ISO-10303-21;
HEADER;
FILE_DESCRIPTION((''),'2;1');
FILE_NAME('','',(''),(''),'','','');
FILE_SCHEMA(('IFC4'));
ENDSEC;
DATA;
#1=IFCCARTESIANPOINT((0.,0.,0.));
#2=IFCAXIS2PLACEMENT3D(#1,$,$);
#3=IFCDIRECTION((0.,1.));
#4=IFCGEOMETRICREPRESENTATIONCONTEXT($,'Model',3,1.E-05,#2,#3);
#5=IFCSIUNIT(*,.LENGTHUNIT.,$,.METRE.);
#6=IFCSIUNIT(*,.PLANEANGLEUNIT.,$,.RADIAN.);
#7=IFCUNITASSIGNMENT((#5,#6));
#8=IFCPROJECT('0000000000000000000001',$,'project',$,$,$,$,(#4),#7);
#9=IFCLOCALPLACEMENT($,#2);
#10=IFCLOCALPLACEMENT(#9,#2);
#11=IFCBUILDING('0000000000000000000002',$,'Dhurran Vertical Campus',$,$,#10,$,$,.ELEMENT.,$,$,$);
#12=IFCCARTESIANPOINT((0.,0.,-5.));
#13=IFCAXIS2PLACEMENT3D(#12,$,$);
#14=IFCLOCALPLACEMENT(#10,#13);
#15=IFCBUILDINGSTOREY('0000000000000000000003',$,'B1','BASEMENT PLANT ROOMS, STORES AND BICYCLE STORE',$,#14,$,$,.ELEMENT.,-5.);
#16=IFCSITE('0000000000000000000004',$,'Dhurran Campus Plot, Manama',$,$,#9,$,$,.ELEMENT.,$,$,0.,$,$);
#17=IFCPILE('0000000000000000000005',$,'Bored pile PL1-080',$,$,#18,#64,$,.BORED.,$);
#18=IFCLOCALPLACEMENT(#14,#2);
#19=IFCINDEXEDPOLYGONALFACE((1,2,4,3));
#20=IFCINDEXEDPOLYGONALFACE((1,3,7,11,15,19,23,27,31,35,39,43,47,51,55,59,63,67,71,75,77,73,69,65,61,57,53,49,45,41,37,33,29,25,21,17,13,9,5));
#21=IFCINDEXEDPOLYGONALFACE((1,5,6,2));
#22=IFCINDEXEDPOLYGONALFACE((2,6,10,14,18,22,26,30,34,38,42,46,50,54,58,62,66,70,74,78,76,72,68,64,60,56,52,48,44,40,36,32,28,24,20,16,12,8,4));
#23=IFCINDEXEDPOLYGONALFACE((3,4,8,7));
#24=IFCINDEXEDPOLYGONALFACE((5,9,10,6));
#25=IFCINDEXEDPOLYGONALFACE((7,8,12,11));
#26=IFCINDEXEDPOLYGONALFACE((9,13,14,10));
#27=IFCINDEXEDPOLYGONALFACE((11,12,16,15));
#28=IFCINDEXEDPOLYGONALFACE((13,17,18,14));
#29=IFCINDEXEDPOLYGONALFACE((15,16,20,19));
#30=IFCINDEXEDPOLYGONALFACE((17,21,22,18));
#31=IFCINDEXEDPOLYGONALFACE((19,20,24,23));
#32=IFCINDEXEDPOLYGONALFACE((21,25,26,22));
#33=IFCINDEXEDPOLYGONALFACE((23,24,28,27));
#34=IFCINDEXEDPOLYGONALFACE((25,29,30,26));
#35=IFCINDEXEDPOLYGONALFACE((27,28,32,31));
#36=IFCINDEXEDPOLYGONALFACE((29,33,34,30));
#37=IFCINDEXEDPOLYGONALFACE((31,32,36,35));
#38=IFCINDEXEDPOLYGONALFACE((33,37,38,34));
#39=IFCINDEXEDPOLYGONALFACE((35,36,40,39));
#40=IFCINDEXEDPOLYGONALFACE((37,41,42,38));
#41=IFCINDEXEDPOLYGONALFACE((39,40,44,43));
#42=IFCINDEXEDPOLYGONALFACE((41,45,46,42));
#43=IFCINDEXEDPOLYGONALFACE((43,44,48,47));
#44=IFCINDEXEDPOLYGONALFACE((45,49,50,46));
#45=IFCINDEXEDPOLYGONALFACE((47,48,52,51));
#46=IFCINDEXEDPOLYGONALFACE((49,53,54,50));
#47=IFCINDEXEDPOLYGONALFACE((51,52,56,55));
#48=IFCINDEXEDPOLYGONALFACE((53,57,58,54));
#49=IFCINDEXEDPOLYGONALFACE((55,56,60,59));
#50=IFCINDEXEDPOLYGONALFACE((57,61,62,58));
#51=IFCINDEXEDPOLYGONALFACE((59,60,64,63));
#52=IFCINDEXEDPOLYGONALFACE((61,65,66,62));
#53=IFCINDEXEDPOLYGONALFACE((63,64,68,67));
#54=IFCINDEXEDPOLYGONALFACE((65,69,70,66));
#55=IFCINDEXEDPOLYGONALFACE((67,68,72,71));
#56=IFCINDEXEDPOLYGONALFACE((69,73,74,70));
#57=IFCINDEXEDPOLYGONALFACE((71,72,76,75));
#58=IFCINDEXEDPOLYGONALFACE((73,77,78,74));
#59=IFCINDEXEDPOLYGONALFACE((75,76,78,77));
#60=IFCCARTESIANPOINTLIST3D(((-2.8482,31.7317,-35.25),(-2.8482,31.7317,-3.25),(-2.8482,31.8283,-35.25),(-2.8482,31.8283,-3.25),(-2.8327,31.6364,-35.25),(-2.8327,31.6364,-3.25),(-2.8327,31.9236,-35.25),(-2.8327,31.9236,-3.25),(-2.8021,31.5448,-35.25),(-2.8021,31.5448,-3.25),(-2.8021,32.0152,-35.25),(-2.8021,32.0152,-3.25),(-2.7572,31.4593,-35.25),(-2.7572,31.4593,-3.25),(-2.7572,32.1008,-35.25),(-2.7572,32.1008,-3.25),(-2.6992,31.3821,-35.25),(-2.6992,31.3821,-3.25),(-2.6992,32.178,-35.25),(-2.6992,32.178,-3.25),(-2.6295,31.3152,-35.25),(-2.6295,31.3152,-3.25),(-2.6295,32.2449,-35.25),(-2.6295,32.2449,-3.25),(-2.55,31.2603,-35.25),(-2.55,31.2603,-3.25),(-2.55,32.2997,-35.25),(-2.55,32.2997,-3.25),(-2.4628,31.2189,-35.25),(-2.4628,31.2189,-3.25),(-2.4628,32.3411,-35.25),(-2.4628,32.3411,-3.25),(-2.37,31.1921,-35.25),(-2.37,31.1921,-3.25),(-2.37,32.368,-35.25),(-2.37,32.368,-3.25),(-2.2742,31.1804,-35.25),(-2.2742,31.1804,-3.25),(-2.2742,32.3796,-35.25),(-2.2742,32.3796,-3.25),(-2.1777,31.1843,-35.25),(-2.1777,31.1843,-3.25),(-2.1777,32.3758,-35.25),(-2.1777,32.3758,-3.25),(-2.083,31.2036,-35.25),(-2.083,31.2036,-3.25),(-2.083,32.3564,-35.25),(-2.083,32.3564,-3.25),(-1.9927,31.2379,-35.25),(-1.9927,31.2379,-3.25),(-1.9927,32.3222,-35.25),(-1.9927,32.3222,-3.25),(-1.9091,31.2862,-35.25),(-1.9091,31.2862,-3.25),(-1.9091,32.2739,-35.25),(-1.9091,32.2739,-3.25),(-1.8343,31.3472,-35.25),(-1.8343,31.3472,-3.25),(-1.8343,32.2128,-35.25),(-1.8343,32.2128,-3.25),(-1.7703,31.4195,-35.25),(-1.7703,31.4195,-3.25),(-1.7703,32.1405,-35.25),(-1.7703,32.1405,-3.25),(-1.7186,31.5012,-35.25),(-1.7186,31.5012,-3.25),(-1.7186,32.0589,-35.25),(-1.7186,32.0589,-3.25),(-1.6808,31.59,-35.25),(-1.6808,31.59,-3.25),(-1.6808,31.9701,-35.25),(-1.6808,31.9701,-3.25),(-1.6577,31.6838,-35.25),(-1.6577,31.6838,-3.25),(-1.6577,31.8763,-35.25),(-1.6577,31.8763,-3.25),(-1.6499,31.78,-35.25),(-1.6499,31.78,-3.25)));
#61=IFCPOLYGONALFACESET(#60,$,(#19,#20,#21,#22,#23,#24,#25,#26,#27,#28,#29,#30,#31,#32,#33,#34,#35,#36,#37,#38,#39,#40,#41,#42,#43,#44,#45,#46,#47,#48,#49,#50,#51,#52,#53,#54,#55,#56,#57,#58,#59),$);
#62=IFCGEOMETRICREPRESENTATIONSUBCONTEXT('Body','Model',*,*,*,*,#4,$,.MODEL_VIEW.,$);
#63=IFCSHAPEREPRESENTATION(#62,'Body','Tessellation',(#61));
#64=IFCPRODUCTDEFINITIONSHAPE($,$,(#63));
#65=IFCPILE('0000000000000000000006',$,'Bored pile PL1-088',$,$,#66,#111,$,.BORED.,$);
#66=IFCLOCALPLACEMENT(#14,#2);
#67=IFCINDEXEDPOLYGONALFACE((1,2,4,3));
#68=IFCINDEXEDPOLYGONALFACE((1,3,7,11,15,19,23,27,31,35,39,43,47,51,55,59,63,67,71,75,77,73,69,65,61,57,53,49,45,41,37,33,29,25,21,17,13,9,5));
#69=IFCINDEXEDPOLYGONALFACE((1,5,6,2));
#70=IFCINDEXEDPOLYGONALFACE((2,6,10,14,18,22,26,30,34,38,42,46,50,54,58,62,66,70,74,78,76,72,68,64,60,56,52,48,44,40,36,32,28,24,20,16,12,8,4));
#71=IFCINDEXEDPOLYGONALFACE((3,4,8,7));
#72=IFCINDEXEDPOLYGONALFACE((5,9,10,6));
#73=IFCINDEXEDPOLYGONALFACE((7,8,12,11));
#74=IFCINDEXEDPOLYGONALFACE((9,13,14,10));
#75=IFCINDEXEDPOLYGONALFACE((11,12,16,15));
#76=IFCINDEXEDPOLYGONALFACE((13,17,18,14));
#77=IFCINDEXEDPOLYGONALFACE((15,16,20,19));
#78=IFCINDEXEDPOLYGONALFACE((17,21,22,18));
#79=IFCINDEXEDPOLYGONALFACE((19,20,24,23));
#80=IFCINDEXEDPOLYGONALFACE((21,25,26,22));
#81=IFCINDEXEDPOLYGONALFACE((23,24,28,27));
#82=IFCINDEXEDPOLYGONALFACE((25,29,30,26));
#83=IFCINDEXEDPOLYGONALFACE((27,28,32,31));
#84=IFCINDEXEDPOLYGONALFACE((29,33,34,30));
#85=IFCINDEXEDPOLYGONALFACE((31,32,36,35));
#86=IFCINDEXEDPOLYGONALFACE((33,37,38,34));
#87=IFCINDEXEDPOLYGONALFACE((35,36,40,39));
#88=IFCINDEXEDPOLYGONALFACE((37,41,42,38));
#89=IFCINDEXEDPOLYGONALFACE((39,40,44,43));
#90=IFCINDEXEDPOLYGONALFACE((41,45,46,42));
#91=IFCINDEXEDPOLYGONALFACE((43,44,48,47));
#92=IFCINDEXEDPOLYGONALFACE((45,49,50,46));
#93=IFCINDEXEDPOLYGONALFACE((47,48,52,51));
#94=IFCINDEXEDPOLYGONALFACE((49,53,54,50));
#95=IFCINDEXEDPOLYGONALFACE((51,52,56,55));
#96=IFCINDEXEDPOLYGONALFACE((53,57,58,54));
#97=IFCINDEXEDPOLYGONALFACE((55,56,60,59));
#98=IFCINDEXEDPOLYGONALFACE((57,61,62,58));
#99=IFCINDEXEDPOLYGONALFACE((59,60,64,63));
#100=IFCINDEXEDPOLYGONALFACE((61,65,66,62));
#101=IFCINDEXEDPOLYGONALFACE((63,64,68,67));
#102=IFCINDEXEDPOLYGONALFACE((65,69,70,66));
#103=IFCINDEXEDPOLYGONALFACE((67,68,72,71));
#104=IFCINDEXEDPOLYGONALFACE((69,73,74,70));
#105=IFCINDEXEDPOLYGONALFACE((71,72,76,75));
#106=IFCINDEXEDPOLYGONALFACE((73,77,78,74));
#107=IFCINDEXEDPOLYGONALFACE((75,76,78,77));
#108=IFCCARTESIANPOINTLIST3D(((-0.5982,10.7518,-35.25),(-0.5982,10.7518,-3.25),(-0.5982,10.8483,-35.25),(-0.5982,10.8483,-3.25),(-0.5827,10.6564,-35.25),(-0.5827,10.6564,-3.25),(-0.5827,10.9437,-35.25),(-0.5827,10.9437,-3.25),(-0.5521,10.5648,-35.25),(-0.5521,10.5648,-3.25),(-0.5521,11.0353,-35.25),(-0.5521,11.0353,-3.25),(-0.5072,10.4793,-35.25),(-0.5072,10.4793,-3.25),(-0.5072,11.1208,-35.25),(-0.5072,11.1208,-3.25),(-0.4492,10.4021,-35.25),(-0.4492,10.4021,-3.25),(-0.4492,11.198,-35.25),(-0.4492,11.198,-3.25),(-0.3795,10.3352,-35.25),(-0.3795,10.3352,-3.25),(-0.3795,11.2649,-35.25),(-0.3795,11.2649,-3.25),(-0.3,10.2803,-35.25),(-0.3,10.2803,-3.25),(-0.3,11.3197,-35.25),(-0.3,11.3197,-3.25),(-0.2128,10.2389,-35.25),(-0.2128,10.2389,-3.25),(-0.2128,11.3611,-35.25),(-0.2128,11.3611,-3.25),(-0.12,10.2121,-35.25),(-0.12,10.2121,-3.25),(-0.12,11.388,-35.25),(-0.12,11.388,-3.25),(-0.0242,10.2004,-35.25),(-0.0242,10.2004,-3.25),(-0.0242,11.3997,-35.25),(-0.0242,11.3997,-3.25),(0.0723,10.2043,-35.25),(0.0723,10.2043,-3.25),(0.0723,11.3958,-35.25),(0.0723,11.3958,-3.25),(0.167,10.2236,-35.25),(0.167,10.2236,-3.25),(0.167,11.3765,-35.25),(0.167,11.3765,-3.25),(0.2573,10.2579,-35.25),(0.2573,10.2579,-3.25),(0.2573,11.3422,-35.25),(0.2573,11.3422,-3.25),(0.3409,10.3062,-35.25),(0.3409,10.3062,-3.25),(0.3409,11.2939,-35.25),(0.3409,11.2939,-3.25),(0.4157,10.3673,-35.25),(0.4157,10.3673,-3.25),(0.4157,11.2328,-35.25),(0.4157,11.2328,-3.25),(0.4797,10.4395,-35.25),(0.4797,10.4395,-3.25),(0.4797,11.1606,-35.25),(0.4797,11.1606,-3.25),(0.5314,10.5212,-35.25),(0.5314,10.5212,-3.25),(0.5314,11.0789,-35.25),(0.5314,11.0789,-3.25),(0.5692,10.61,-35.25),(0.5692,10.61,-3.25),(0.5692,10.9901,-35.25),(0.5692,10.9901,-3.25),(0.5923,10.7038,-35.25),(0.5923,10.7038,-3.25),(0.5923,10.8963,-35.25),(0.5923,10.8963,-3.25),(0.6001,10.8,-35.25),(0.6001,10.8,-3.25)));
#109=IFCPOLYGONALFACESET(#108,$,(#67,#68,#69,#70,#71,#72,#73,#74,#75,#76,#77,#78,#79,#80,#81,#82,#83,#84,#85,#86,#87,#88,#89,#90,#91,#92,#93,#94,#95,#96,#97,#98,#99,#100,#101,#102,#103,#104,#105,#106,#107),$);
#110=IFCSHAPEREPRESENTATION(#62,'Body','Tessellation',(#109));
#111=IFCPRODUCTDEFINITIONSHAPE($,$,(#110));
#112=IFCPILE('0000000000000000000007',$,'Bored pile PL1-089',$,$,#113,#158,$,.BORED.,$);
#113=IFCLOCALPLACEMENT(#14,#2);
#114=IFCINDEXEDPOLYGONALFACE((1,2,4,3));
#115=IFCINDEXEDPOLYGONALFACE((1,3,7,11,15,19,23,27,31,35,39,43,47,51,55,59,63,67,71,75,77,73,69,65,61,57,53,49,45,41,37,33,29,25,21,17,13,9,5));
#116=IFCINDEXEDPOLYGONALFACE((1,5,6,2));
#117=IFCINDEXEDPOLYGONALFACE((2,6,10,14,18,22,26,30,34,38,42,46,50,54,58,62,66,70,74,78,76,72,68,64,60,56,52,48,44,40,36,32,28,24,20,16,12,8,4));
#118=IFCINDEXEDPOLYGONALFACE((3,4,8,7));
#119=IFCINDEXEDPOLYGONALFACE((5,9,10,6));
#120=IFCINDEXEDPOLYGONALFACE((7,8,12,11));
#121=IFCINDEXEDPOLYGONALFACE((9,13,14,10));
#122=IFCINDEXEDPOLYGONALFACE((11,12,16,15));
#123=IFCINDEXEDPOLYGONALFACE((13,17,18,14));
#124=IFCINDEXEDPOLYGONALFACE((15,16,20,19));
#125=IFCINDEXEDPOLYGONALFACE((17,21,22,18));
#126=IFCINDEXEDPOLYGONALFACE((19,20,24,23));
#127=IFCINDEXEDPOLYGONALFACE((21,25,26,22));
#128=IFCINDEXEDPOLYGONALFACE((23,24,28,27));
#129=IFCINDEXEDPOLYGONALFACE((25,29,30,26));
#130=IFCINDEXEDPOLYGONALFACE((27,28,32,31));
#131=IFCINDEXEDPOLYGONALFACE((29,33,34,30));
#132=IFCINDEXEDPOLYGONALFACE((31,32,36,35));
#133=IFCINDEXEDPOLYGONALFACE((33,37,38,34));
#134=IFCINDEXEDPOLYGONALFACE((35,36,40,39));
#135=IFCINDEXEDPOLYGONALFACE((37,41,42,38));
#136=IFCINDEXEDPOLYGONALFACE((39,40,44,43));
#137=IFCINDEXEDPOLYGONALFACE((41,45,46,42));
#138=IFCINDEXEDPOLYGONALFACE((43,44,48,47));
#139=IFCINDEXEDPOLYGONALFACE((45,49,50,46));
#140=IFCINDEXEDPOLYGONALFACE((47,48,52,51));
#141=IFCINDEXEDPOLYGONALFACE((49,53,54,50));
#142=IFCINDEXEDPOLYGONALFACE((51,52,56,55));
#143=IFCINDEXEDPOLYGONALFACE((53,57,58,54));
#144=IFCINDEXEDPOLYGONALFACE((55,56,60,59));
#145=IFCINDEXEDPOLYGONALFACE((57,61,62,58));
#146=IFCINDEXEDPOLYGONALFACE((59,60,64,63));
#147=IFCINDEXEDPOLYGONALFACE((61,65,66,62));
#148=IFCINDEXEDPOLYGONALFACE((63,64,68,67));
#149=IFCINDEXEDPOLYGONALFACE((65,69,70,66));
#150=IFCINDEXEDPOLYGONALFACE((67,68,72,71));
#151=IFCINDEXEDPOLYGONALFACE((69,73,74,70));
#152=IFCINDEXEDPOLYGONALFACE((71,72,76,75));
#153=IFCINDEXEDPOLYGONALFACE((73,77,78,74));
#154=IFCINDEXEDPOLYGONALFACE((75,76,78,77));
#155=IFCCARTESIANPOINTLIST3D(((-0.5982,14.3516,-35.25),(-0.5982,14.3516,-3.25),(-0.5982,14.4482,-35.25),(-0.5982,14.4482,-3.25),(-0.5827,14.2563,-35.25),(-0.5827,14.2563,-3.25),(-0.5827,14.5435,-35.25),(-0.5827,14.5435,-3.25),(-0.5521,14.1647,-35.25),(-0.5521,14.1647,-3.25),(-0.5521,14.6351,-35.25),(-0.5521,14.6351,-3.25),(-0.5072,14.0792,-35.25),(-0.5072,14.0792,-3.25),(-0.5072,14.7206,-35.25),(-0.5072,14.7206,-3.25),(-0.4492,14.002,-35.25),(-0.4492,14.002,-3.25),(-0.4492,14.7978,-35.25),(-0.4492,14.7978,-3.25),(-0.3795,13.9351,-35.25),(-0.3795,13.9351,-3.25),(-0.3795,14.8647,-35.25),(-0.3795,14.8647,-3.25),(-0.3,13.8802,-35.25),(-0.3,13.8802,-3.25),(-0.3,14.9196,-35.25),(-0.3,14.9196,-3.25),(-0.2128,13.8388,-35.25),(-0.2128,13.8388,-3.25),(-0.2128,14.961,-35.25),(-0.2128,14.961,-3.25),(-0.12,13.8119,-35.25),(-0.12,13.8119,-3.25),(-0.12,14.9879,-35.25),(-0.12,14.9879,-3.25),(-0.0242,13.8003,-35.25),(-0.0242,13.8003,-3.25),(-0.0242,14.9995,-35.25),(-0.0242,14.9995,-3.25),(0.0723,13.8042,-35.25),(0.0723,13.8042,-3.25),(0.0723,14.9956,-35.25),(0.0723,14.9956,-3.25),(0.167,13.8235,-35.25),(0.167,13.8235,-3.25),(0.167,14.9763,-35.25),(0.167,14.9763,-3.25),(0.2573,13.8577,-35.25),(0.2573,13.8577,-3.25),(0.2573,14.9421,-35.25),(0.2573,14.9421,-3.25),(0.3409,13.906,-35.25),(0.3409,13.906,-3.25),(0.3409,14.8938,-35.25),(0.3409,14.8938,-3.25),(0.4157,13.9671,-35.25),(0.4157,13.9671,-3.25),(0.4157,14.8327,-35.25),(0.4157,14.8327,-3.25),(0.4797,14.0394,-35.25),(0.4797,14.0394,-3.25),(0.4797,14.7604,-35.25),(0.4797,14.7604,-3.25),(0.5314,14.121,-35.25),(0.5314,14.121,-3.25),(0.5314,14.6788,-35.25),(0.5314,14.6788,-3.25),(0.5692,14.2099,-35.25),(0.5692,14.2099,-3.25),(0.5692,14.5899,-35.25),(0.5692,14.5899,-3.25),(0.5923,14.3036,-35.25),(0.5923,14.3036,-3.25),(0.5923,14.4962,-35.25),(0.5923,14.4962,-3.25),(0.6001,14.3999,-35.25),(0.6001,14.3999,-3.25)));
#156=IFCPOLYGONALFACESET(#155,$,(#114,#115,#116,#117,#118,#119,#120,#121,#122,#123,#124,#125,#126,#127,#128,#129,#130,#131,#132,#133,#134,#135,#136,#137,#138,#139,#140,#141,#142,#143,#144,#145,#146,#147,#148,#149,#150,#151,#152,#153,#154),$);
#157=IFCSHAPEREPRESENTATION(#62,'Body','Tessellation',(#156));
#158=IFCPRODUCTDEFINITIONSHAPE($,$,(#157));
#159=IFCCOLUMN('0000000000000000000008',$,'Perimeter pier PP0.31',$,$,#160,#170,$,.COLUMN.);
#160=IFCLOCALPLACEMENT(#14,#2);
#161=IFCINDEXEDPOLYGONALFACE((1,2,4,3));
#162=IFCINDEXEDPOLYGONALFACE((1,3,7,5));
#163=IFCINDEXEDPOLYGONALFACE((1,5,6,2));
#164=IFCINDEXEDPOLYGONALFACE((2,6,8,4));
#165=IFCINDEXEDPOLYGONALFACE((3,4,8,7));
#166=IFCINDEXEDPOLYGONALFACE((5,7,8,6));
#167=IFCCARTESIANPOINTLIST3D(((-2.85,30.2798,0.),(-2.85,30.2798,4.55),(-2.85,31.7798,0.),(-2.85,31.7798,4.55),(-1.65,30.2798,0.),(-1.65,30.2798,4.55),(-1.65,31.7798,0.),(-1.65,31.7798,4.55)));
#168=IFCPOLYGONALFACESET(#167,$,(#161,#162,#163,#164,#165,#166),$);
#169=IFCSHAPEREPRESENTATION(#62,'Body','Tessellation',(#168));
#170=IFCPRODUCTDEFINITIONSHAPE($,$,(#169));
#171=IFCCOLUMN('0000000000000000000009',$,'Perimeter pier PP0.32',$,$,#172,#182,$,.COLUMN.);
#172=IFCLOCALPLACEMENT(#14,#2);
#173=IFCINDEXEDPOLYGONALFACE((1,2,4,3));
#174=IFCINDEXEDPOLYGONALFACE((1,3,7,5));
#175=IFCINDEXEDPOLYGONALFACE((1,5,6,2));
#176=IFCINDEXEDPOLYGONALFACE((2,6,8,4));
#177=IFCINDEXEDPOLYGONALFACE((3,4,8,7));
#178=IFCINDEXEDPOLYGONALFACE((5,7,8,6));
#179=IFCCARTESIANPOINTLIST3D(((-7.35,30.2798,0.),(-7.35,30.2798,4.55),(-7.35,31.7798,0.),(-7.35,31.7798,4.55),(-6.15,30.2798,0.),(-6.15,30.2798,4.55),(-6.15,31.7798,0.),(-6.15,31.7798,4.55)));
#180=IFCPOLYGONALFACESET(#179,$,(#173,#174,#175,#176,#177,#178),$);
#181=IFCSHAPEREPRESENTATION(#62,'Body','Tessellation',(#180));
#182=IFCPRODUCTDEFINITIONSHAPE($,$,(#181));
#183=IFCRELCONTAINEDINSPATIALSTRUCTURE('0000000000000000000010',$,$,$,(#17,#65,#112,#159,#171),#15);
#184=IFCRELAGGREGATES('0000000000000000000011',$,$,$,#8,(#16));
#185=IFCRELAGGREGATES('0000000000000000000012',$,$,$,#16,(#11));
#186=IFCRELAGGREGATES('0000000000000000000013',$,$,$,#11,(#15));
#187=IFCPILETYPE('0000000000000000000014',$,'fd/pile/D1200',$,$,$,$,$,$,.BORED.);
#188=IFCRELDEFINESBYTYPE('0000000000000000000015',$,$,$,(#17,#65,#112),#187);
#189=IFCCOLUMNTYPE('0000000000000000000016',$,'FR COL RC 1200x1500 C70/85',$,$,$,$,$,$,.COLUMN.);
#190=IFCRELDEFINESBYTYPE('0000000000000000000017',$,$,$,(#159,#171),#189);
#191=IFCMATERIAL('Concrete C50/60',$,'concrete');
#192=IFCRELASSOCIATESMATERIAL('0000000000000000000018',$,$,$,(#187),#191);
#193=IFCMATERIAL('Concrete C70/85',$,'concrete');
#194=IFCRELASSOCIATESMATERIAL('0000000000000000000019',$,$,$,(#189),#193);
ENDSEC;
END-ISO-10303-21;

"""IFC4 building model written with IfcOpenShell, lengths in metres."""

from ifc_helpers import new_model, si_unit, direction, frame, origin, origin_2d, place, context, subcontext, project, spatial, rectangle, circle, extrude, material, material_profile, profile_set, type_object, element, save


model = new_model("IFC4")

# Units and contexts
model_context = context("Model", 3, precision=1e-05, world=origin(), true_north=direction((0.0, 1.0)))
body_context = subcontext(model_context, "Body", "Model", "MODEL_VIEW")
ifc_project = project(units=[si_unit("LENGTHUNIT", "METRE"), si_unit("PLANEANGLEUNIT", "RADIAN")], contexts=[model_context])

# Site, building, storey
site_placement = place(None, origin())
site = spatial("IfcSite", under=ifc_project, at=site_placement, Name="Dhurran Campus Plot, Manama", CompositionType="ELEMENT", RefElevation=0.0)
building_placement = place(site_placement, origin())
building = spatial("IfcBuilding", under=site, at=building_placement, Name="Dhurran Vertical Campus", CompositionType="ELEMENT")
storey_placement = place(building_placement, frame((0.0, 0.0, -5.0)))
storey = spatial("IfcBuildingStorey", under=building, at=storey_placement, Name="B1", Description="BASEMENT PLANT ROOMS, STORES AND BICYCLE STORE", CompositionType="ELEMENT", Elevation=-5.0)

# Piles
ifc_material_1 = material(Name="Concrete C50/60", Category="concrete")
ifc_material_profile_1 = material_profile(ifc_material_1, circle(Radius=0.6001, at=origin_2d()), Name="fd/pile/D1200")
ifc_profile_set_1 = profile_set([ifc_material_profile_1], Name="Concrete C50/60")
pile_type = type_object("IfcPileType", Name="fd/pile/D1200", PredefinedType="BORED", material=ifc_profile_set_1)
for number, where, z_axis, x_axis, name in (
    (1, (-2.25, 31.78, -3.25), (0.0, 0.0, -1.0), (1.0, 0.0, 0.0), "Bored pile PL1-080"),
    (2, (0.0, 10.8, -3.25), (0.0, 0.0, -1.0), (1.0, 0.0, 0.0), "Bored pile PL1-088"),
    (3, (0.0, 14.3999, -3.25), (0.0, 0.0, -1.0), (1.0, 0.0, 0.0), "Bored pile PL1-089"),
):
    element("IfcPile", number, at=place(storey_placement, frame(where, z_axis=z_axis, x_axis=x_axis)), inside=storey, type_object=pile_type, Name=name, PredefinedType="BORED", context=body_context, shape_type="SweptSolid", body=[
        extrude(circle(Radius=0.6001, at=origin_2d()), origin(), (0.0, 0.0, 1.0), 32.0),
    ])

# Columns
ifc_material_2 = material(Name="Concrete C70/85", Category="concrete")
ifc_material_profile_2 = material_profile(ifc_material_2, rectangle(XDim=1.2, YDim=1.5, at=origin_2d()), Name="RC 1200x1500")
ifc_profile_set_2 = profile_set([ifc_material_profile_2], Name="Concrete C70/85")
column_type_1 = type_object("IfcColumnType", Name="FR COL RC 1200x1500 C70/85", PredefinedType="COLUMN", material=ifc_profile_set_2)
for number, where, z_axis, x_axis, name in (
    (4, (-2.25, 31.0298, 0.0), (0.0, 0.0, 1.0), (-1.0, 0.0, 0.0), "Perimeter pier PP0.31"),
    (5, (-6.75, 31.0298, 0.0), (0.0, 0.0, 1.0), (-1.0, 0.0, 0.0), "Perimeter pier PP0.32"),
):
    element("IfcColumn", number, at=place(storey_placement, frame(where, z_axis=z_axis, x_axis=x_axis)), inside=storey, type_object=column_type_1, Name=name, PredefinedType="COLUMN", context=body_context, shape_type="SweptSolid", body=[
        extrude(rectangle(XDim=1.2, YDim=1.5, at=origin_2d()), origin(), (0.0, 0.0, 1.0), 4.55),
    ])

save(model, "model.ifc")
